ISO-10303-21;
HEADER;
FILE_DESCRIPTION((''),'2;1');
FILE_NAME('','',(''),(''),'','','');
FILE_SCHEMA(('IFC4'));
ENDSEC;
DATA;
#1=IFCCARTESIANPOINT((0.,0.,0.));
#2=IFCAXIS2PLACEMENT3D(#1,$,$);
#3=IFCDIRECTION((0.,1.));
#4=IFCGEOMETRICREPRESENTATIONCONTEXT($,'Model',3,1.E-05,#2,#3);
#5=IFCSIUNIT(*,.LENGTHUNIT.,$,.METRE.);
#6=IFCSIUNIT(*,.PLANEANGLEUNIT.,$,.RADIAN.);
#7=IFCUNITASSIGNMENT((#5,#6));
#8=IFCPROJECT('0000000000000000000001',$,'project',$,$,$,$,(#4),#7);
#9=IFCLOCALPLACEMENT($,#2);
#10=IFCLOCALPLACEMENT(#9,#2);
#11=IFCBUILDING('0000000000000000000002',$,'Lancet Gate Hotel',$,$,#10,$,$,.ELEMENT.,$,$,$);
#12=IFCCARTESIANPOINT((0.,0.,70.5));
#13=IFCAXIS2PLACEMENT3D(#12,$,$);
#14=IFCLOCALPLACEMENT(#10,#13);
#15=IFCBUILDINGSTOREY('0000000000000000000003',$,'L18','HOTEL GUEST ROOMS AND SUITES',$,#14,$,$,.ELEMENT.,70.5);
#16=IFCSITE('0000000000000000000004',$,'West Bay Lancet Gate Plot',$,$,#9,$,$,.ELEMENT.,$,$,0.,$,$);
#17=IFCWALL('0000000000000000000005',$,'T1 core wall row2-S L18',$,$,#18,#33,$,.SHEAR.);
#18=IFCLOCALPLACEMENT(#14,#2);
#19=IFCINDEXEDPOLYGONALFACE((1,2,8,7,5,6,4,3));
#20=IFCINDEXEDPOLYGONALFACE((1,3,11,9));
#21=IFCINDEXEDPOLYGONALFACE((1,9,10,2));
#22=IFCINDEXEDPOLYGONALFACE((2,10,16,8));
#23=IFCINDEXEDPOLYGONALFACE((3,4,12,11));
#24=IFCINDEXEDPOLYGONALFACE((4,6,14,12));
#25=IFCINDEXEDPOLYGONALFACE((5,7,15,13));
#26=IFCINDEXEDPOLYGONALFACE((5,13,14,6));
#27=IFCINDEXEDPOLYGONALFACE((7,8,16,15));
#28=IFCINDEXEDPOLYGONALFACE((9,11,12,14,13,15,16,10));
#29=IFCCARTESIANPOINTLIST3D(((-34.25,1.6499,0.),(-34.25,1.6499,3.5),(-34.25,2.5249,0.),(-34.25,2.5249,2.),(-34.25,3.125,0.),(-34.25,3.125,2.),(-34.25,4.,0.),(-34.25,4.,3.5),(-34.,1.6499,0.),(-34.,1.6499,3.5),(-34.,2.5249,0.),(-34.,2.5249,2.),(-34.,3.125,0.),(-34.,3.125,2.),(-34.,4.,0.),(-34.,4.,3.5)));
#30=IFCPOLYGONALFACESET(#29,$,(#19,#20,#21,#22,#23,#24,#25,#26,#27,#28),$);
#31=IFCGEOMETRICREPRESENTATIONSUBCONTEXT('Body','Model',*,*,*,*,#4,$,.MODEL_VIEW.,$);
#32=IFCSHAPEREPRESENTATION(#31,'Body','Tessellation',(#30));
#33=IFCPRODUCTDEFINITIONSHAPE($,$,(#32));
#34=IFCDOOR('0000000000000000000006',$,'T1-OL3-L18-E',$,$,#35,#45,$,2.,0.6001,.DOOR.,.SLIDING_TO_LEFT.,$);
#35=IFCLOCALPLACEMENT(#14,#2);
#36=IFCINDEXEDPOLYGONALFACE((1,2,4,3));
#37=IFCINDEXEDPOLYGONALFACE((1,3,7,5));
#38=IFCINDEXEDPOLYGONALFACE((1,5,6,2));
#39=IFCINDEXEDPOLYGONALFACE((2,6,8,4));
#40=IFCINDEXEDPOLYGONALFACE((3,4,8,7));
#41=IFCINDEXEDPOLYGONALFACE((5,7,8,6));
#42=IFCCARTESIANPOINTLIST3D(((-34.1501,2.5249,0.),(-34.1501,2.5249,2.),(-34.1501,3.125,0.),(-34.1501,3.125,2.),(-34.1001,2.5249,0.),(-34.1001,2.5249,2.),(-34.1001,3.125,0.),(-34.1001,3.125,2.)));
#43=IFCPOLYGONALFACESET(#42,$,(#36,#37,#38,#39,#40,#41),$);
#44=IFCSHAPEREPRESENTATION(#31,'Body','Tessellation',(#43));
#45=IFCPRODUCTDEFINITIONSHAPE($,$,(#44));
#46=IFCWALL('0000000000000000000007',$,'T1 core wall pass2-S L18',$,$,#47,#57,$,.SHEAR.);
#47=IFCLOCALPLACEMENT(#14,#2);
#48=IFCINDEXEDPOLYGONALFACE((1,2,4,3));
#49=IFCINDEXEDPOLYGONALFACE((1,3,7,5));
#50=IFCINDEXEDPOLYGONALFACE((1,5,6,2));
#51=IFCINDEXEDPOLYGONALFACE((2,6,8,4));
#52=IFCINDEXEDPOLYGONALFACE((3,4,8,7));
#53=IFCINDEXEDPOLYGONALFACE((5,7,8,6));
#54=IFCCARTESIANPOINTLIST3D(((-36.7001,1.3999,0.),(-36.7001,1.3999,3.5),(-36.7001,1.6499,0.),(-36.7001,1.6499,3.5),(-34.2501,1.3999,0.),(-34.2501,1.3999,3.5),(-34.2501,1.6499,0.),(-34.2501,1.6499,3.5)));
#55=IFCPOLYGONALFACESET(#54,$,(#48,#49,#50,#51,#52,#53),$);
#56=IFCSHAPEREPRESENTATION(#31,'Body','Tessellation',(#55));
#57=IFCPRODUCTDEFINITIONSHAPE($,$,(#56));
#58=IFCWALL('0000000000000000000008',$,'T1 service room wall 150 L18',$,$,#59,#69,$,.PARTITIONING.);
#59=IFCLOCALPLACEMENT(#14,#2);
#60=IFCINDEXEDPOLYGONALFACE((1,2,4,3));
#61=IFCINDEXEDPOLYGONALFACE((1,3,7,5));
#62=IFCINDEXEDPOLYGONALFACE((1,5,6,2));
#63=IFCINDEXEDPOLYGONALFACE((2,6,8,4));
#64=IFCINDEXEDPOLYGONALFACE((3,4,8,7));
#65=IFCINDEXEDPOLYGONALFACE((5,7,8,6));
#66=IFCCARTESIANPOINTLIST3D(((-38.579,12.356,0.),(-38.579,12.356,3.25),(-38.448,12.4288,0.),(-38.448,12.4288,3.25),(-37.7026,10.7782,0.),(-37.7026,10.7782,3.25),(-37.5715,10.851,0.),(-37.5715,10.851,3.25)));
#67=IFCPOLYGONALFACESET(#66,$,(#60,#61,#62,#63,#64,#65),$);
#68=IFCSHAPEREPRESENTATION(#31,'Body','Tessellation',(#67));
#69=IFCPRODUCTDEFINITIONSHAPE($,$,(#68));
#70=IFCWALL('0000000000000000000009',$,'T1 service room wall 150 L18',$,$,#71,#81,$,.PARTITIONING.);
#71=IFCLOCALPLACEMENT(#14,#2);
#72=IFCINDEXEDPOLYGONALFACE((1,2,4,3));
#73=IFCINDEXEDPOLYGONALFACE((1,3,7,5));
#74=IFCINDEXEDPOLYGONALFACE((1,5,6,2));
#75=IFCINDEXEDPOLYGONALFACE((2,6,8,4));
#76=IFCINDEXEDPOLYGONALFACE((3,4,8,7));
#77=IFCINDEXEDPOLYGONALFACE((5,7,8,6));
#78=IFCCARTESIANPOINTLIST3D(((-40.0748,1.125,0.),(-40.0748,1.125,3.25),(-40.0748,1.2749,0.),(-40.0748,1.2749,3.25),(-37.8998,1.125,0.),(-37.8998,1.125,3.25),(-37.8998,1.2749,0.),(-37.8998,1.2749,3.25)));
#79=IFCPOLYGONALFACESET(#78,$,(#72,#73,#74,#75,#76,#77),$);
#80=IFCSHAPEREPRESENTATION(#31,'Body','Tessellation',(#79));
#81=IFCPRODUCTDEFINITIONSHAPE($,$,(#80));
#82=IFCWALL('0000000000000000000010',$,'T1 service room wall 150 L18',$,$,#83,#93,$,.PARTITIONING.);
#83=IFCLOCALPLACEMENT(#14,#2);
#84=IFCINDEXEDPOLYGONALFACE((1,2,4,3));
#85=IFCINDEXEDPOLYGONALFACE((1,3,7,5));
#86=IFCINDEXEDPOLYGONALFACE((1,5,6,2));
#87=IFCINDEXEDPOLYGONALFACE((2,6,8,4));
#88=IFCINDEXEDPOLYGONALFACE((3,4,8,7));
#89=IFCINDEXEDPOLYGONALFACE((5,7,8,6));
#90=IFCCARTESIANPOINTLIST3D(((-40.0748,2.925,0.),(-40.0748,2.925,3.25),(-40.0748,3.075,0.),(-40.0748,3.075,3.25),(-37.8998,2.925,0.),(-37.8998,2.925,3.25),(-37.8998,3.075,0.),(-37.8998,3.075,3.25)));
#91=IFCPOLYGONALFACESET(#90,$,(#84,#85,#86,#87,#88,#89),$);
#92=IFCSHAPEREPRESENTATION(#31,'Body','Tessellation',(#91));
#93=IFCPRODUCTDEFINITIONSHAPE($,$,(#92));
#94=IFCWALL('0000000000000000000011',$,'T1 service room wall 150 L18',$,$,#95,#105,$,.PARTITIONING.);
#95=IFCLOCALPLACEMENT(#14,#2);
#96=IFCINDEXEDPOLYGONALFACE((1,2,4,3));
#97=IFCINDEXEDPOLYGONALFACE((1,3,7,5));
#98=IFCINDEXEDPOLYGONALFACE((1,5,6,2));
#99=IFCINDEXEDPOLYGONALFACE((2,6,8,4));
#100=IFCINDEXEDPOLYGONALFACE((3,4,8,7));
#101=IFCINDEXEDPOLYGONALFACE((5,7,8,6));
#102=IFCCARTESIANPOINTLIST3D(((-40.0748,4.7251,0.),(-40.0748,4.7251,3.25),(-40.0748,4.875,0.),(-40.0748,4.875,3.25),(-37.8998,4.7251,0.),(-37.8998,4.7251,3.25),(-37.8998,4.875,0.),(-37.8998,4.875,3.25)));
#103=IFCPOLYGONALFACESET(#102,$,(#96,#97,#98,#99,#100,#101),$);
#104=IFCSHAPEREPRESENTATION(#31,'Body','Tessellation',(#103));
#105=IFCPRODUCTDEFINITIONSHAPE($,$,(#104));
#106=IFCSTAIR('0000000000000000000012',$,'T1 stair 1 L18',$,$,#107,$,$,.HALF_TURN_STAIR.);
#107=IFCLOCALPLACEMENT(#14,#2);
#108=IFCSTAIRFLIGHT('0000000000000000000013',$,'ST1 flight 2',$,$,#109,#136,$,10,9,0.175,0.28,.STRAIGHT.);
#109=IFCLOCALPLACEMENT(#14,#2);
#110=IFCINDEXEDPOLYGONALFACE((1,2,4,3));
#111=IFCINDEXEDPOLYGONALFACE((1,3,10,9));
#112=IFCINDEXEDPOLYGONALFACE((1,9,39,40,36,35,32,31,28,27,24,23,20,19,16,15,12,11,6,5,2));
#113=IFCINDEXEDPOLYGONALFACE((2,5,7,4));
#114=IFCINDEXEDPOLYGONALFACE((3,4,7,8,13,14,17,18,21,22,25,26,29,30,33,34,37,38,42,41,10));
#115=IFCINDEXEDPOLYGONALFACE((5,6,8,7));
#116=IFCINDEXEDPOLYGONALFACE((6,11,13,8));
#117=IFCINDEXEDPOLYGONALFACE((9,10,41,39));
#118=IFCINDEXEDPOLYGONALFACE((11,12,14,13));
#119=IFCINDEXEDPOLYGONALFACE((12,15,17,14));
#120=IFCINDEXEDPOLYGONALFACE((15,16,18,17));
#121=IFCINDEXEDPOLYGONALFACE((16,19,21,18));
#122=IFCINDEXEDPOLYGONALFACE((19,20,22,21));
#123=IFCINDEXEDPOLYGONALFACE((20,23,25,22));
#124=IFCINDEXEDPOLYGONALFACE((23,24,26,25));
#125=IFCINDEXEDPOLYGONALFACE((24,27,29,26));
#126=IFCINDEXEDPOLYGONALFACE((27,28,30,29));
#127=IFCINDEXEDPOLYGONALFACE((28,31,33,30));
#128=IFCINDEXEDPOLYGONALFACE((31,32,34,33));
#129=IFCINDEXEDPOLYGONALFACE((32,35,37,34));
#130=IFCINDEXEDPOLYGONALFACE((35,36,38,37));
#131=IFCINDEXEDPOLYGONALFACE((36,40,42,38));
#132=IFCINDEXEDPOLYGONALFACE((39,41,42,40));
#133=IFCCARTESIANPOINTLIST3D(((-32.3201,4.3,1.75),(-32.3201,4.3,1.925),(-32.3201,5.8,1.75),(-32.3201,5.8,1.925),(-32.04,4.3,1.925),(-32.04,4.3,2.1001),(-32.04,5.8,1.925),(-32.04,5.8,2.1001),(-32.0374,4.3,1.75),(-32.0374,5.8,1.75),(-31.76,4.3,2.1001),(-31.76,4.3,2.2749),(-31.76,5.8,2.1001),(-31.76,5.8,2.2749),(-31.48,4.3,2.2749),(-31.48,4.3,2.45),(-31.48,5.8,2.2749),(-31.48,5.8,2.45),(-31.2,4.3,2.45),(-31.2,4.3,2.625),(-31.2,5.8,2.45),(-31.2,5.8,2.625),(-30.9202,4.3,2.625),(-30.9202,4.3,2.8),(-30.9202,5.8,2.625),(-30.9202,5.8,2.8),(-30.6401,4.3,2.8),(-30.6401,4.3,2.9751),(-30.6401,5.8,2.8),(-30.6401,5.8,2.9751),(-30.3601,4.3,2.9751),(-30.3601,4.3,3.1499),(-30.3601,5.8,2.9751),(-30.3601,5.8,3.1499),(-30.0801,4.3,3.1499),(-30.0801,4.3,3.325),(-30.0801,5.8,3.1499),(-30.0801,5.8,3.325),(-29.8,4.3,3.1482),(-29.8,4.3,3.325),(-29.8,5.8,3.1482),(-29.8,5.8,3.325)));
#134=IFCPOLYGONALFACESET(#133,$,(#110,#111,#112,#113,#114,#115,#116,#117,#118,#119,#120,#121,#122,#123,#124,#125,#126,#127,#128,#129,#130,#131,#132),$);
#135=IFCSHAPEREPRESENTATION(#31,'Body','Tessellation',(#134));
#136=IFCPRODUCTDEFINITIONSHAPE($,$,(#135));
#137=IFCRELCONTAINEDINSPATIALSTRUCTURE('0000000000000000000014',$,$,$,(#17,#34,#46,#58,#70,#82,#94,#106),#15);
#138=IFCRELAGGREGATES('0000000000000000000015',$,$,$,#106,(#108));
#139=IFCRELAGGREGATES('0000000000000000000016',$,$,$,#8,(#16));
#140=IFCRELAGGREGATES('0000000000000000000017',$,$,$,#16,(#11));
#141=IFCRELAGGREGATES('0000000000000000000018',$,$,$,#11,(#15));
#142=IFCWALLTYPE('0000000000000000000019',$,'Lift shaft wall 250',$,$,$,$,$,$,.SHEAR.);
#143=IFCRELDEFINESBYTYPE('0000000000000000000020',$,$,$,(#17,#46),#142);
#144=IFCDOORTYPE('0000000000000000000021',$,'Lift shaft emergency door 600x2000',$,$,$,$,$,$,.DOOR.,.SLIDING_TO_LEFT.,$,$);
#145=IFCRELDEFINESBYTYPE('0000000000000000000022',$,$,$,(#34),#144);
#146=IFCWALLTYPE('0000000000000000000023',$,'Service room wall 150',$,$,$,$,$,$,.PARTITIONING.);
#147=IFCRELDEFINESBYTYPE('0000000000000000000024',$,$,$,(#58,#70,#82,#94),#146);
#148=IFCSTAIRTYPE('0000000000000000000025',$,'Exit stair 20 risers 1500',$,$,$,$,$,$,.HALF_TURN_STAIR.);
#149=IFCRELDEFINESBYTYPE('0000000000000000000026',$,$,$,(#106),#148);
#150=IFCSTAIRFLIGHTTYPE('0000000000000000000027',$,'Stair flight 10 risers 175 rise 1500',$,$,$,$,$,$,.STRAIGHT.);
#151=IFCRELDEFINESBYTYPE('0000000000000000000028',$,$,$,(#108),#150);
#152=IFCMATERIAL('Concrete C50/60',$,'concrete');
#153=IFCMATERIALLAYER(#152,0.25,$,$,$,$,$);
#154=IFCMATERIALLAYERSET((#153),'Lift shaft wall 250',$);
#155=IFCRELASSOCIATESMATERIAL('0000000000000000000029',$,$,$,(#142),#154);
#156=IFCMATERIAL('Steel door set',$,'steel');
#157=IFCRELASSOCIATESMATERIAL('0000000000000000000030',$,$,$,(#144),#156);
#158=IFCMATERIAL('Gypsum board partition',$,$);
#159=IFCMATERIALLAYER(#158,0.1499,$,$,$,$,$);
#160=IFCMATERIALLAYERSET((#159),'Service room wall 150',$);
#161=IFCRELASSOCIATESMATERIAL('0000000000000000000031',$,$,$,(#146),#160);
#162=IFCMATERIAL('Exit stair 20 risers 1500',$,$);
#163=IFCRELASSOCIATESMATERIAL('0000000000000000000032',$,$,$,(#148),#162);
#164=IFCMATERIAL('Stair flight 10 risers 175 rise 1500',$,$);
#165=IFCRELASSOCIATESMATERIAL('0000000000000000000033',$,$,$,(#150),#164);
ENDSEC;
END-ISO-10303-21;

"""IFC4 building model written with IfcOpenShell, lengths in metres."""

from ifc_helpers import new_model, si_unit, direction, frame, frame_2d, origin, place, context, subcontext, project, spatial, polyline, rectangle, outline, extrude, material, layer, layer_set, type_object, element, fill, aggregate, save


model = new_model("IFC4")

# Units and contexts
model_context = context("Model", 3, precision=1e-05, world=origin(), true_north=direction((0.0, 1.0)))
body_context = subcontext(model_context, "Body", "Model", "MODEL_VIEW")
ifc_project = project(units=[si_unit("LENGTHUNIT", "METRE"), si_unit("PLANEANGLEUNIT", "RADIAN")], contexts=[model_context])

# Site, building, storey
site_placement = place(None, origin())
site = spatial("IfcSite", under=ifc_project, at=site_placement, Name="West Bay Lancet Gate Plot", CompositionType="ELEMENT", RefElevation=0.0)
building_placement = place(site_placement, origin())
building = spatial("IfcBuilding", under=site, at=building_placement, Name="Lancet Gate Hotel", CompositionType="ELEMENT")
storey_placement = place(building_placement, frame((0.0, 0.0, 70.5)))
storey = spatial("IfcBuildingStorey", under=building, at=storey_placement, Name="L18", Description="HOTEL GUEST ROOMS AND SUITES", CompositionType="ELEMENT", Elevation=70.5)

# Wall, opening, door
ifc_material_1 = material(Name="Concrete C50/60", Category="concrete")
ifc_layer_1 = layer(ifc_material_1, 0.25)
ifc_layer_set_1 = layer_set([ifc_layer_1], Name="Lift shaft wall 250")
wall_type_1 = type_object("IfcWallType", Name="Lift shaft wall 250", PredefinedType="SHEAR", material=ifc_layer_set_1)
wall_1_placement = place(storey_placement, frame((-34.125, 4.0, 0.0), z_axis=(0.0, 0.0, 1.0), x_axis=(0.0, -1.0, 0.0)))
wall_1 = element("IfcWall", 1, at=wall_1_placement, inside=storey, type_object=wall_type_1, Name="T1 core wall row2-S L18", PredefinedType="SHEAR", context=body_context, shape_type="SweptSolid", body=[
    extrude(rectangle(XDim=2.3501, YDim=0.25, at=frame_2d((1.175, 0.0))), origin(), (0.0, 0.0, 1.0), 3.5),
])
opening_1_placement = place(wall_1_placement, frame((0.875, 0.0, 0.0)))
opening_1 = element("IfcOpeningElement", 2, at=opening_1_placement, cuts=wall_1, PredefinedType="OPENING", context=body_context, shape_type="SweptSolid", body=[
    extrude(rectangle(XDim=0.6001, YDim=2.0, at=frame_2d((0.3, 1.0))), frame((0.0, 0.135, 0.0), z_axis=(0.0, -1.0, 0.0), x_axis=(1.0, 0.0, 0.0)), (0.0, 0.0, 1.0), 0.27),
])
ifc_material_2 = material(Name="Steel door set", Category="steel")
door_type_1 = type_object("IfcDoorType", Name="Lift shaft emergency door 600x2000", OperationType="SLIDING_TO_LEFT", PredefinedType="DOOR", material=ifc_material_2)
door_1_placement = place(opening_1_placement, origin())
door_1 = element("IfcDoor", 3, at=door_1_placement, inside=storey, type_object=door_type_1, Name="T1-OL3-L18-E", OperationType="SLIDING_TO_LEFT", OverallHeight=2.0, OverallWidth=0.6001, PredefinedType="DOOR", context=body_context, shape_type="SweptSolid", body=[
    extrude(rectangle(XDim=0.6001, YDim=2.0, at=frame_2d((0.3, 1.0))), frame((0.0, 0.0249, 0.0), z_axis=(0.0, -1.0, 0.0), x_axis=(1.0, 0.0, 0.0)), (0.0, 0.0, 1.0), 0.05),
])
fill(opening_1, door_1)

# Walls
wall_2_placement = place(storey_placement, frame((-34.25, 1.5249, 0.0), z_axis=(0.0, 0.0, 1.0), x_axis=(-1.0, 0.0, 0.0)))
element("IfcWall", 4, at=wall_2_placement, inside=storey, type_object=wall_type_1, Name="T1 core wall pass2-S L18", PredefinedType="SHEAR", context=body_context, shape_type="SweptSolid", body=[
    extrude(rectangle(XDim=2.45, YDim=0.25, at=frame_2d((1.2251, 0.0))), origin(), (0.0, 0.0, 1.0), 3.5),
])
ifc_material_3 = material(Name="Gypsum board partition")
ifc_layer_2 = layer(ifc_material_3, 0.1499)
ifc_layer_set_2 = layer_set([ifc_layer_2], Name="Service room wall 150")
wall_type_2 = type_object("IfcWallType", Name="Service room wall 150", PredefinedType="PARTITIONING", material=ifc_layer_set_2)
wall_3_placement = place(storey_placement, frame((-38.5134, 12.3923, 0.0), z_axis=(0.0, 0.0, 1.0), x_axis=(0.485586, -0.874189, 0.0)))
element("IfcWall", 5, at=wall_3_placement, inside=storey, type_object=wall_type_2, Name="T1 service room wall 150 L18", PredefinedType="PARTITIONING", context=body_context, shape_type="SweptSolid", body=[
    extrude(rectangle(XDim=1.8049, YDim=0.1499, at=frame_2d((0.9023, 0.0))), origin(), (0.0, 0.0, 1.0), 3.25),
])
for number, where, z_axis, x_axis, name in (
    (6, (-37.8999, 1.2, 0.0), (0.0, 0.0, 1.0), (-1.0, 0.0, 0.0), "T1 service room wall 150 L18"),
    (7, (-37.8999, 3.0, 0.0), (0.0, 0.0, 1.0), (-1.0, 0.0, 0.0), "T1 service room wall 150 L18"),
    (8, (-37.8999, 4.8, 0.0), (0.0, 0.0, 1.0), (-1.0, 0.0, 0.0), "T1 service room wall 150 L18"),
):
    element("IfcWall", number, at=place(storey_placement, frame(where, z_axis=z_axis, x_axis=x_axis)), inside=storey, type_object=wall_type_2, Name=name, PredefinedType="PARTITIONING", context=body_context, shape_type="SweptSolid", body=[
        extrude(rectangle(XDim=2.175, YDim=0.1499, at=frame_2d((1.0874, 0.0))), origin(), (0.0, 0.0, 1.0), 3.25),
    ])

# Stair, stair flight
ifc_material_4 = material(Name="Exit stair 20 risers 1500")
stair_type = type_object("IfcStairType", Name="Exit stair 20 risers 1500", PredefinedType="HALF_TURN_STAIR", material=ifc_material_4)
stair_placement = place(storey_placement, origin())
stair = element("IfcStair", 9, at=stair_placement, inside=storey, type_object=stair_type, Name="T1 stair 1 L18", PredefinedType="HALF_TURN_STAIR")
ifc_material_5 = material(Name="Stair flight 10 risers 175 rise 1500")
stair_flight_type = type_object("IfcStairFlightType", Name="Stair flight 10 risers 175 rise 1500", PredefinedType="STRAIGHT", material=ifc_material_5)
stair_flight_placement = place(storey_placement, frame((-32.3201, 5.05, 1.75), z_axis=(0.0, 0.0, 1.0), x_axis=(1.0, 0.0, 0.0)))
stair_flight = element("IfcStairFlight", 10, at=stair_flight_placement, type_object=stair_flight_type, Name="ST1 flight 2", NumberOfRisers=10, NumberOfTreads=9, PredefinedType="STRAIGHT", RiserHeight=0.175, TreadLength=0.28, context=body_context, shape_type="SweptSolid", body=[
    extrude(outline(polyline([(0.0, 0.0), (0.0, 0.175), (0.28, 0.175), (0.28, 0.3501), (0.5601, 0.3501), (0.5601, 0.5249), (0.8401, 0.5249), (0.8401, 0.7), (1.1201, 0.7), (1.1201, 0.875), (1.3999, 0.875), (1.3999, 1.05), (1.6799, 1.05), (1.6799, 1.2251), (1.96, 1.2251), (1.96, 1.3999), (2.24, 1.3999), (2.24, 1.575), (2.52, 1.575), (2.52, 1.75), (2.52, 1.3982), (0.2827, 0.0), (0.0, 0.0)])), frame((0.0, 0.75, 0.0), z_axis=(0.0, -1.0, 0.0), x_axis=(1.0, 0.0, 0.0)), (0.0, 0.0, 1.0), 1.5),
])
aggregate(stair, [stair_flight])

save(model, "model.ifc")
